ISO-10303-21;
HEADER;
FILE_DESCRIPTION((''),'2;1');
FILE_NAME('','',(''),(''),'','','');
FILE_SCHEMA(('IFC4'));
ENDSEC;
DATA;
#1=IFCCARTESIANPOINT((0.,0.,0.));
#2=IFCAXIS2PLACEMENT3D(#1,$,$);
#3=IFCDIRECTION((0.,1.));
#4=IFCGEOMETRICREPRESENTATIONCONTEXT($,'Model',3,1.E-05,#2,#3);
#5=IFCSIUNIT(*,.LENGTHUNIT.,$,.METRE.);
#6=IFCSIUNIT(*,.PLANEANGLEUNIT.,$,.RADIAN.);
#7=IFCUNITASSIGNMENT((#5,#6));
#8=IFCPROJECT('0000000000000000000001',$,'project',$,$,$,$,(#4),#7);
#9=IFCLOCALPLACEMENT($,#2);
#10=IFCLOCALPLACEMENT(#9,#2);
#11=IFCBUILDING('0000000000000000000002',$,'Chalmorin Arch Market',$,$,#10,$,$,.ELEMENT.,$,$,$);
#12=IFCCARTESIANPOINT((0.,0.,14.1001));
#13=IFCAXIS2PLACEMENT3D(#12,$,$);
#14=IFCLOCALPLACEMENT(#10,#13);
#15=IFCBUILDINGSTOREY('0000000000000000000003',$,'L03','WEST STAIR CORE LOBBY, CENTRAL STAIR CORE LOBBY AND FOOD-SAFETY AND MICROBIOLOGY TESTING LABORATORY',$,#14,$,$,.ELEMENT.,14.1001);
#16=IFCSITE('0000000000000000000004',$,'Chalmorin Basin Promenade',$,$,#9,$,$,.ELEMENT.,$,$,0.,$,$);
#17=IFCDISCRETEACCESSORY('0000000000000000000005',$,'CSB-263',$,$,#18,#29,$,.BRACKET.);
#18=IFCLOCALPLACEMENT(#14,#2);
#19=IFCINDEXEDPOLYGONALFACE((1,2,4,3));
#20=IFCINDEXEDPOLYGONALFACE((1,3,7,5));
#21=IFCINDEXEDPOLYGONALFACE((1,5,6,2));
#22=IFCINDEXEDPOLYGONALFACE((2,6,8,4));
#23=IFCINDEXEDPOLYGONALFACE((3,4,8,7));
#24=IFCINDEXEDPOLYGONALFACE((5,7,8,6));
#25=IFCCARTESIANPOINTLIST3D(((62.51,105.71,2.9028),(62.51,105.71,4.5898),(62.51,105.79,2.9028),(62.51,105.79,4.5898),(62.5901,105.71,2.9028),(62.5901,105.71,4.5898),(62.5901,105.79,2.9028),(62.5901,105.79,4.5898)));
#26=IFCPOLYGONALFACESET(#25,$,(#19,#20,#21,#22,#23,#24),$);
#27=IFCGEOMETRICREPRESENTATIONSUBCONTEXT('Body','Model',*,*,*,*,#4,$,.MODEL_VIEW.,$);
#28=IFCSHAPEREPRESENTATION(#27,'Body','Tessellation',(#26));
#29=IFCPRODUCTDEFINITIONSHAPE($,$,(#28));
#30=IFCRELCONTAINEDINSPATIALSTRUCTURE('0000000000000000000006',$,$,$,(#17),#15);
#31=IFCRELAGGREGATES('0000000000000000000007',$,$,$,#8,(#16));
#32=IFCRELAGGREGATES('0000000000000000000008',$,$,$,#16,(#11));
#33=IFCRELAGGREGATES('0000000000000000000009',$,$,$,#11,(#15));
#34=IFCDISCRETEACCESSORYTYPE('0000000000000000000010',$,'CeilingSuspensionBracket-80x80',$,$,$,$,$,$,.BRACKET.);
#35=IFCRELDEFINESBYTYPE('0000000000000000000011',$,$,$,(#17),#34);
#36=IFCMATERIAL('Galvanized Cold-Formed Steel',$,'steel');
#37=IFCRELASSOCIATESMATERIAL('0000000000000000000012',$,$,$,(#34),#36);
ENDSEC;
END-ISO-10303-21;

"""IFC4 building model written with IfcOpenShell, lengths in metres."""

from ifc_helpers import new_model, si_unit, direction, frame, origin, origin_2d, place, context, subcontext, project, spatial, rectangle, extrude, material, type_object, element, save


model = new_model("IFC4")

# Units and contexts
model_context = context("Model", 3, precision=1e-05, world=origin(), true_north=direction((0.0, 1.0)))
body_context = subcontext(model_context, "Body", "Model", "MODEL_VIEW")
ifc_project = project(units=[si_unit("LENGTHUNIT", "METRE"), si_unit("PLANEANGLEUNIT", "RADIAN")], contexts=[model_context])

# Site, building, storey
site_placement = place(None, origin())
site = spatial("IfcSite", under=ifc_project, at=site_placement, Name="Chalmorin Basin Promenade", CompositionType="ELEMENT", RefElevation=0.0)
building_placement = place(site_placement, origin())
building = spatial("IfcBuilding", under=site, at=building_placement, Name="Chalmorin Arch Market", CompositionType="ELEMENT")
storey_placement = place(building_placement, frame((0.0, 0.0, 14.1001)))
storey = spatial("IfcBuildingStorey", under=building, at=storey_placement, Name="L03", Description="WEST STAIR CORE LOBBY, CENTRAL STAIR CORE LOBBY AND FOOD-SAFETY AND MICROBIOLOGY TESTING LABORATORY", CompositionType="ELEMENT", Elevation=14.1001)

# Discrete accessory
ifc_material_1 = material(Name="Galvanized Cold-Formed Steel", Category="steel")
discrete_accessory_type = type_object("IfcDiscreteAccessoryType", Name="CeilingSuspensionBracket-80x80", PredefinedType="BRACKET", material=ifc_material_1)
discrete_accessory_placement = place(storey_placement, frame((62.55, 105.75, 2.9028), z_axis=(0.0, 0.0, 1.0), x_axis=(1.0, 0.0, 0.0)))
element("IfcDiscreteAccessory", 1, at=discrete_accessory_placement, inside=storey, type_object=discrete_accessory_type, Name="CSB-263", PredefinedType="BRACKET", context=body_context, shape_type="SweptSolid", body=[
    extrude(rectangle(XDim=0.0801, YDim=0.0801, at=origin_2d()), origin(), (0.0, 0.0, 1.0), 1.687),
])

save(model, "model.ifc")
